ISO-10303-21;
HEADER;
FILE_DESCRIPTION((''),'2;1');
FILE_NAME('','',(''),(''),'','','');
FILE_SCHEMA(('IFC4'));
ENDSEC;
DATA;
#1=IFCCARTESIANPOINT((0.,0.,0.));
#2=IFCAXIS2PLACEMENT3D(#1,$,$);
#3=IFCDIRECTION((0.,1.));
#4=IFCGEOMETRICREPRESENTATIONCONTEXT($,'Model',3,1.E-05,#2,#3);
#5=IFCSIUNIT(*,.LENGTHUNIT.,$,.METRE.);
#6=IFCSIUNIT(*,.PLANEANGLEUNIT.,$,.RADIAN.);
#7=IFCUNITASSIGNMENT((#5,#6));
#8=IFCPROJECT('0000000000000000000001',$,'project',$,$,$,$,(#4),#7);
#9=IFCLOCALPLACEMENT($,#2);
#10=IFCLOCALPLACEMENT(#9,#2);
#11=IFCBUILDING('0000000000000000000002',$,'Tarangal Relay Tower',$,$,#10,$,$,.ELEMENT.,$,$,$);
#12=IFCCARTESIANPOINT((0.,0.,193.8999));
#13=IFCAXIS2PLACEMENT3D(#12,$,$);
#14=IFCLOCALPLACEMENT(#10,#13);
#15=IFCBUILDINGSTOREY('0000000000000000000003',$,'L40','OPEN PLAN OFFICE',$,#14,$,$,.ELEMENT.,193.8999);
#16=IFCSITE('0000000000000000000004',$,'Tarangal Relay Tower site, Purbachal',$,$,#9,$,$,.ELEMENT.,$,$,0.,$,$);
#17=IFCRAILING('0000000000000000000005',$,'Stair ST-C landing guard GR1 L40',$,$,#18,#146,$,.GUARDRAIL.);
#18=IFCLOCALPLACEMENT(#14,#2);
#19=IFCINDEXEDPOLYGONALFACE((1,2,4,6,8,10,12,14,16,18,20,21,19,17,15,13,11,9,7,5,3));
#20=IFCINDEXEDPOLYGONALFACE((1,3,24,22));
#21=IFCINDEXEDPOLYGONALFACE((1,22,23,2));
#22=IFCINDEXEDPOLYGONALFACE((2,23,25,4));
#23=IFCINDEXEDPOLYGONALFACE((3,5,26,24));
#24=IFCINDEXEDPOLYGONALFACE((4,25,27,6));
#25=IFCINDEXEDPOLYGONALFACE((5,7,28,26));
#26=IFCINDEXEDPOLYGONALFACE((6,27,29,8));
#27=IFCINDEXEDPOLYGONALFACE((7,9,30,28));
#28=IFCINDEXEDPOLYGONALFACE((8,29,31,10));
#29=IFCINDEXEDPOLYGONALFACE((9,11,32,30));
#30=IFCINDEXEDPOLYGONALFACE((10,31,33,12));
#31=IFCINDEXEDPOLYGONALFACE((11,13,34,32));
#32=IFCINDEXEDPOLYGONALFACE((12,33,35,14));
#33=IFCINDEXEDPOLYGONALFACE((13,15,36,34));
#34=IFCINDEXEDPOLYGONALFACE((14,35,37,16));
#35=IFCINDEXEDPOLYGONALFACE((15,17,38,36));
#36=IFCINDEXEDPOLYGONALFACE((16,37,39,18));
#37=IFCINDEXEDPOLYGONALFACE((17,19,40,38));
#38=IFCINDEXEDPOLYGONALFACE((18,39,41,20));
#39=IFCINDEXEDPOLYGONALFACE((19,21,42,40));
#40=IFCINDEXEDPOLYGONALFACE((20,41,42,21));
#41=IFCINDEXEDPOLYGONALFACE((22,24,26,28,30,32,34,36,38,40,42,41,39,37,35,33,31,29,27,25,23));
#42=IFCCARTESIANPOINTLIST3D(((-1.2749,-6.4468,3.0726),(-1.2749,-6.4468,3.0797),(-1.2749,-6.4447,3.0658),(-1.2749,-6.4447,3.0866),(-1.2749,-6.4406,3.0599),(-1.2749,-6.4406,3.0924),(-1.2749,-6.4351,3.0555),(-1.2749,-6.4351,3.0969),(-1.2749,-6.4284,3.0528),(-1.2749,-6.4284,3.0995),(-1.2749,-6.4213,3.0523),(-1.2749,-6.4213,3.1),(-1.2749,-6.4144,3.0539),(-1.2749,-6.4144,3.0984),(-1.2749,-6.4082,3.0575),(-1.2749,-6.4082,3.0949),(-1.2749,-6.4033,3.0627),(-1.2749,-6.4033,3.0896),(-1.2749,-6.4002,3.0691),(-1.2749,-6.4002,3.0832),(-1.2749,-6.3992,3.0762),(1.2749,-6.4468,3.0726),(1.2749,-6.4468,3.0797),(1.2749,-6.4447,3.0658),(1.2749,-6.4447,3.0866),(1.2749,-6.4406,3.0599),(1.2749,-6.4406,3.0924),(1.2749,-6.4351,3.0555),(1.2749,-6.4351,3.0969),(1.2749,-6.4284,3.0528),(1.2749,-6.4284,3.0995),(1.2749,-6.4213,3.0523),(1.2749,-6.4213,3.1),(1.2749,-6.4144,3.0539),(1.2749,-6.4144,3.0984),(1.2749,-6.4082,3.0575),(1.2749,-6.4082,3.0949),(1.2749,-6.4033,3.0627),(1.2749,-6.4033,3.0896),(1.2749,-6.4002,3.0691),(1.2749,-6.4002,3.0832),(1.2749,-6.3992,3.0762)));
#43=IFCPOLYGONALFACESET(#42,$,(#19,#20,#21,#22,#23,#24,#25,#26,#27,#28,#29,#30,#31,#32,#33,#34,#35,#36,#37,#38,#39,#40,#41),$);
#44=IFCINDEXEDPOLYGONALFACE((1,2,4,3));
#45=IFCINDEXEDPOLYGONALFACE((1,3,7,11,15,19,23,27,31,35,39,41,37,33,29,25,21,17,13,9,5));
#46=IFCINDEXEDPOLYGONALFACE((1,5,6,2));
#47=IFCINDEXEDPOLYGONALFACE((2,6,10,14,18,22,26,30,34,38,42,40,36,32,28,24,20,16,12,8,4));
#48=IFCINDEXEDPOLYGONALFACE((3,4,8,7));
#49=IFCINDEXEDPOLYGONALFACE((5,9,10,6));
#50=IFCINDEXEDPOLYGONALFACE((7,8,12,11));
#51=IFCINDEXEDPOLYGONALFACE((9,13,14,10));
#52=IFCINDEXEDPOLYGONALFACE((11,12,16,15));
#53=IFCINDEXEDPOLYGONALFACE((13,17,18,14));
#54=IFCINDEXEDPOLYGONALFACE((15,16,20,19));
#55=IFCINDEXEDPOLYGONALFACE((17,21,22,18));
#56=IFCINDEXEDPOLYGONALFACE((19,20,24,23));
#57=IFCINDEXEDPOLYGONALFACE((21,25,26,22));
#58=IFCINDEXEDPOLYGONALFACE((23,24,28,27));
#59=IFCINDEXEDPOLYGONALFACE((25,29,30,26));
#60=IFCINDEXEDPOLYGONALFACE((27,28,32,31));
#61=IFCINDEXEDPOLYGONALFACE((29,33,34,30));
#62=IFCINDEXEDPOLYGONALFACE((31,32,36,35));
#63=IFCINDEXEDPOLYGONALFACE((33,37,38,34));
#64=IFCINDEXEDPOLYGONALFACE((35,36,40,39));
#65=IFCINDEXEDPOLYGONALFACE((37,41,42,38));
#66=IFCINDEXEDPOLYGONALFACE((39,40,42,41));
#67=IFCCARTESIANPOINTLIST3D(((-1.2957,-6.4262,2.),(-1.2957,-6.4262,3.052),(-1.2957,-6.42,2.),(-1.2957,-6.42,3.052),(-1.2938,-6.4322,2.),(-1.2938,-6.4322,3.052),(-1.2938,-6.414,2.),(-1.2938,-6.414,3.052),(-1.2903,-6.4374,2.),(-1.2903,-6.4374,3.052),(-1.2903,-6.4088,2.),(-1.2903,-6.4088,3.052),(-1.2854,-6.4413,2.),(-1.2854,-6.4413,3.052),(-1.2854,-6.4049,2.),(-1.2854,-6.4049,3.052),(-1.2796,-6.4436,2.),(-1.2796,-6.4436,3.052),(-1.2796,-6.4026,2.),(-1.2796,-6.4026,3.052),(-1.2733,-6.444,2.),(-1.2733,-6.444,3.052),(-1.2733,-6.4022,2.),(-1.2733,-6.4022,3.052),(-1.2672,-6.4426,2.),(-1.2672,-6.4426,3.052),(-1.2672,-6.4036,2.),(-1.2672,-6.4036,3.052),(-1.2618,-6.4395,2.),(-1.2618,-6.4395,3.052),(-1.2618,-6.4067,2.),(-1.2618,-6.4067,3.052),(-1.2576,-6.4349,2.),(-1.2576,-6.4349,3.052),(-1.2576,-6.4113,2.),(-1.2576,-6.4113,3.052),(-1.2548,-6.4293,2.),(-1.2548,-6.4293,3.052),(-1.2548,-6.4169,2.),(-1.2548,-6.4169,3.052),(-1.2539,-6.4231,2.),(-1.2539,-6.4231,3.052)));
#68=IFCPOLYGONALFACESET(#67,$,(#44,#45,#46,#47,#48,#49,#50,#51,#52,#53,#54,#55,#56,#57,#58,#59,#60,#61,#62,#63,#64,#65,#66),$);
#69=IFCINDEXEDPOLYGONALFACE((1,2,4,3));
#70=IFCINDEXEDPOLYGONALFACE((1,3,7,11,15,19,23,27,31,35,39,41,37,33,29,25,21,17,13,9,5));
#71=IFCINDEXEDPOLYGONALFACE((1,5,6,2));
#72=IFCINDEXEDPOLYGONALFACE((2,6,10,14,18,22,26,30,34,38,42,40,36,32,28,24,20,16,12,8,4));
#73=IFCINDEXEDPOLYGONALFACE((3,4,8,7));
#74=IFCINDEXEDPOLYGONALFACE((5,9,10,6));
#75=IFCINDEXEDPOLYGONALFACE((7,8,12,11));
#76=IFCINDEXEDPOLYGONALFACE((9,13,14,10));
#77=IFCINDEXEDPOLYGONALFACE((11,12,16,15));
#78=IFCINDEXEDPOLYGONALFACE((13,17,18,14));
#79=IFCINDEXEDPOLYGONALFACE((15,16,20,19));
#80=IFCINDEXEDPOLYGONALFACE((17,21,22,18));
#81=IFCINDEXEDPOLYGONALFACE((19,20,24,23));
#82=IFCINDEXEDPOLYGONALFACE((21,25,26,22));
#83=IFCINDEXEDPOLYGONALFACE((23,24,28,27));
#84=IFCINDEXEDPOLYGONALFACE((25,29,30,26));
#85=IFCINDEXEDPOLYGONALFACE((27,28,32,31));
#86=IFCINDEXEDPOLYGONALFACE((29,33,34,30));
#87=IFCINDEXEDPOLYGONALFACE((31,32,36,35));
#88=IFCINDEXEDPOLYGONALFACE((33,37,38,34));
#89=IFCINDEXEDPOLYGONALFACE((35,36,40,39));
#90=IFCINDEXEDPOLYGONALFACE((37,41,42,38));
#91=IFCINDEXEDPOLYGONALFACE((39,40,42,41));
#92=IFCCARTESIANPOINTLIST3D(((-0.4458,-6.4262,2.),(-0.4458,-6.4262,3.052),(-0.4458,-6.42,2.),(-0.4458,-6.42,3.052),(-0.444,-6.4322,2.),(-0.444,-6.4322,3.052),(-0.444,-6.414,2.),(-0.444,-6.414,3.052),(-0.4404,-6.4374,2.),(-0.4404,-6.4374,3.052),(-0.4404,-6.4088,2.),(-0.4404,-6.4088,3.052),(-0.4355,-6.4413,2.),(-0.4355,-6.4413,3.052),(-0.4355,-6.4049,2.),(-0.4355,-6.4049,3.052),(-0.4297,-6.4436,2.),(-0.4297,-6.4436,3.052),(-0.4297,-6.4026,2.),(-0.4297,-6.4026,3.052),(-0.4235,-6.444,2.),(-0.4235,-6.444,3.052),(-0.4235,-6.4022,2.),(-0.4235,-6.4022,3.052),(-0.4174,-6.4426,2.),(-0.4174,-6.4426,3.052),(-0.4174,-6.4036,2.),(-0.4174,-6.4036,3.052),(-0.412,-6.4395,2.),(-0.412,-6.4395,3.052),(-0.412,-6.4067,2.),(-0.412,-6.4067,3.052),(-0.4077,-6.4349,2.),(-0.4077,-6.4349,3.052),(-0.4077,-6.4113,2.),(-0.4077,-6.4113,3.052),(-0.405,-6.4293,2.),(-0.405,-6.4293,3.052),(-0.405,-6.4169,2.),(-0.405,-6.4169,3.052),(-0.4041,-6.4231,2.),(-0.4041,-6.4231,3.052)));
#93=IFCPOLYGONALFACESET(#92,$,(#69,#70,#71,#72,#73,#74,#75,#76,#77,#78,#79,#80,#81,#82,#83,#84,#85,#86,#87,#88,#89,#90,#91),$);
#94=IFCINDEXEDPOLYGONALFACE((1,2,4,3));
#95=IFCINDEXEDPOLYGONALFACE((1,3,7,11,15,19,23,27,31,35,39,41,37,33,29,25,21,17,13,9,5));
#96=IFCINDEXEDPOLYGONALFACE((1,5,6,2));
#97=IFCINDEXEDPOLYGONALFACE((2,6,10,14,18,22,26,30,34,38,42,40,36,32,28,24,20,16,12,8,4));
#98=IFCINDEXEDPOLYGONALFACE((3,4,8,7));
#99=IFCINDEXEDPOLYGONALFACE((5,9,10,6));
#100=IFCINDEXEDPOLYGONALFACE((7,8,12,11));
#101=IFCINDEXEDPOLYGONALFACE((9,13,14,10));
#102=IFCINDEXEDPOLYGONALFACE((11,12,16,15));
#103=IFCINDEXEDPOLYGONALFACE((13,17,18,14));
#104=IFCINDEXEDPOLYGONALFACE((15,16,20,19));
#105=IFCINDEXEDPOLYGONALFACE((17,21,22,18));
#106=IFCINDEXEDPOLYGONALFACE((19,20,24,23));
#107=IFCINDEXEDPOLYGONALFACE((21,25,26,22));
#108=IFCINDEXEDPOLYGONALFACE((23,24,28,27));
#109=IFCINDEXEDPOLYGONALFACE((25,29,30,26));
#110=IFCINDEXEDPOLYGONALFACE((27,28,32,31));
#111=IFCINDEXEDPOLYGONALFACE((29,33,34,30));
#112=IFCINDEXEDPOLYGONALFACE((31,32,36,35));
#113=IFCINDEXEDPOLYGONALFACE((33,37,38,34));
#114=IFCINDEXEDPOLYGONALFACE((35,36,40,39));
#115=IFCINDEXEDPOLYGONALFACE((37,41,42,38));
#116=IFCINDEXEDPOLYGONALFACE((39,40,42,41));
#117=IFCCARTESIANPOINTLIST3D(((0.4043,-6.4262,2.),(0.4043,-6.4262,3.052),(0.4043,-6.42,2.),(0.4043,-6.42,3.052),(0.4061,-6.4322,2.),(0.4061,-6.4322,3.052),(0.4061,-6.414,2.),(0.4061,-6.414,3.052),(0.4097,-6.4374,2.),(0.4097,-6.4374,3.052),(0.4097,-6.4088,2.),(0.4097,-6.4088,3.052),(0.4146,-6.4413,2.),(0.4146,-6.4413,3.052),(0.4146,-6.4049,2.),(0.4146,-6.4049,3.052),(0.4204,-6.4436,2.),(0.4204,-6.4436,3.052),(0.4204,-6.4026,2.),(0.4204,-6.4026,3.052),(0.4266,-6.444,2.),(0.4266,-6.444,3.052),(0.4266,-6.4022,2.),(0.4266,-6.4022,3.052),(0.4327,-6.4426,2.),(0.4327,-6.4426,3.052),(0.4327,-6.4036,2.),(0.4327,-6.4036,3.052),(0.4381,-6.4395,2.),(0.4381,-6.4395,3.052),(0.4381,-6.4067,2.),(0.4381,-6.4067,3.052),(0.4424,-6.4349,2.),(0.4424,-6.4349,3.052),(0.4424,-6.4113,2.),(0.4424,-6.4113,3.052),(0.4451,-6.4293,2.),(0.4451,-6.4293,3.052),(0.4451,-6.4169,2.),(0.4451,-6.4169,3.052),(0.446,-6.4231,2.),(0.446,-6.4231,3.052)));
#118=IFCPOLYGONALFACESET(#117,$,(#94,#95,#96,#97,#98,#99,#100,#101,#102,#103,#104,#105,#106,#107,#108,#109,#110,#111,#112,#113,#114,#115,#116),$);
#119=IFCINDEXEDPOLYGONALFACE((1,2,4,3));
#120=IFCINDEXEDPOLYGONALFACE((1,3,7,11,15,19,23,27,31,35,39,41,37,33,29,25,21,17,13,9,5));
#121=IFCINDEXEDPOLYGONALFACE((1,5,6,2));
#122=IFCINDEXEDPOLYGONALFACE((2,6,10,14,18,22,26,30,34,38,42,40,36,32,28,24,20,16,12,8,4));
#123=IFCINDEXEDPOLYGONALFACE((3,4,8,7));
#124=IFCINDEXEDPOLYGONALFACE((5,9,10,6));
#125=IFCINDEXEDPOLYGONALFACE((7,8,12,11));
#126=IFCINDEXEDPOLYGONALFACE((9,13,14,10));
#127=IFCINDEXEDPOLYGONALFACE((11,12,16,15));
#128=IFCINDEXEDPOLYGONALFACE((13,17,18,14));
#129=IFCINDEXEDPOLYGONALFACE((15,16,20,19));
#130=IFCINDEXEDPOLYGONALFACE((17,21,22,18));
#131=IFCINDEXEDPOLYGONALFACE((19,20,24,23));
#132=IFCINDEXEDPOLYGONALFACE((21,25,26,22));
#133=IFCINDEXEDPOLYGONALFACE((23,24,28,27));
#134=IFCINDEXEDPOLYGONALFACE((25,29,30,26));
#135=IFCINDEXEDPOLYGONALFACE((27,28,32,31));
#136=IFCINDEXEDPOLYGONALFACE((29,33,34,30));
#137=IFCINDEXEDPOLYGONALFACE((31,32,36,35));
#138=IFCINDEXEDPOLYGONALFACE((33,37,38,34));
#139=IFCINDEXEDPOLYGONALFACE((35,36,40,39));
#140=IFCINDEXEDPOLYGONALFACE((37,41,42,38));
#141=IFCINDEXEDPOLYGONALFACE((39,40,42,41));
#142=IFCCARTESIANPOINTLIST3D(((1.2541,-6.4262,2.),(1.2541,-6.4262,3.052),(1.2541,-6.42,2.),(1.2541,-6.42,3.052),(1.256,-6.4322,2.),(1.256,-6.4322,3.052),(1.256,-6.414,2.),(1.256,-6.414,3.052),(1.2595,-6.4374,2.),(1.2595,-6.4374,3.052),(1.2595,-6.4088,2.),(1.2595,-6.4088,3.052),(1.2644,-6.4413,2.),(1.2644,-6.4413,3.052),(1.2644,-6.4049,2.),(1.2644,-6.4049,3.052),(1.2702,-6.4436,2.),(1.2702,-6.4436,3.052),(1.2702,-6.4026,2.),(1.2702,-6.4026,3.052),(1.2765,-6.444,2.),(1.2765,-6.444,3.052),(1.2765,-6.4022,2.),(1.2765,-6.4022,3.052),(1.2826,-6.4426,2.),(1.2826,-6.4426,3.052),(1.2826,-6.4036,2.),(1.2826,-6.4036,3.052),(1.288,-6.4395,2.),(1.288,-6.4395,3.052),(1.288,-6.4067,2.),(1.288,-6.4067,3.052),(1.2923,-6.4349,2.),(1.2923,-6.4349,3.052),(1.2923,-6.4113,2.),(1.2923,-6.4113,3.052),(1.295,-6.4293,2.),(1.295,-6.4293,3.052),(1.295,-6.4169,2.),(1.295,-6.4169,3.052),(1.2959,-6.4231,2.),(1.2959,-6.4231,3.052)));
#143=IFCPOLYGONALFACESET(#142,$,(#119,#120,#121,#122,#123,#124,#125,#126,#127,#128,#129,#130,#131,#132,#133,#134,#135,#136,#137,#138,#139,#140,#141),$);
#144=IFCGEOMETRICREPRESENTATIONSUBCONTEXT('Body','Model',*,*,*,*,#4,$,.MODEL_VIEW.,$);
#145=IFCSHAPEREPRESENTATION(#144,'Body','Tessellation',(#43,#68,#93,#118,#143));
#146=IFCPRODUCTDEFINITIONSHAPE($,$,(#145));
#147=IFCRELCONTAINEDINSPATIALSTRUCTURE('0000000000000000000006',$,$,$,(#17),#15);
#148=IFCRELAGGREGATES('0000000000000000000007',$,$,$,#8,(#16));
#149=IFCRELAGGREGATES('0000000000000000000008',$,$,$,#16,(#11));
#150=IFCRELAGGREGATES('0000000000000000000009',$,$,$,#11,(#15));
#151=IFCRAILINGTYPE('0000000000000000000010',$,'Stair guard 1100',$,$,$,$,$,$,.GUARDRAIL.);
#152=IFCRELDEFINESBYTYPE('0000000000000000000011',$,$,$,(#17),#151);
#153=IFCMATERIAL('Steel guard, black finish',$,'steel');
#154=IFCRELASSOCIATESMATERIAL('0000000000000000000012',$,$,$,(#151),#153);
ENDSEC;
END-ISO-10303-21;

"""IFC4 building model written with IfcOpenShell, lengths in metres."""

from ifc_helpers import new_model, si_unit, direction, frame, origin, origin_2d, place, context, subcontext, project, spatial, circle, extrude, material, type_object, element, save


model = new_model("IFC4")

# Units and contexts
model_context = context("Model", 3, precision=1e-05, world=origin(), true_north=direction((0.0, 1.0)))
body_context = subcontext(model_context, "Body", "Model", "MODEL_VIEW")
ifc_project = project(units=[si_unit("LENGTHUNIT", "METRE"), si_unit("PLANEANGLEUNIT", "RADIAN")], contexts=[model_context])

# Site, building, storey
site_placement = place(None, origin())
site = spatial("IfcSite", under=ifc_project, at=site_placement, Name="Tarangal Relay Tower site, Purbachal", CompositionType="ELEMENT", RefElevation=0.0)
building_placement = place(site_placement, origin())
building = spatial("IfcBuilding", under=site, at=building_placement, Name="Tarangal Relay Tower", CompositionType="ELEMENT")
storey_placement = place(building_placement, frame((0.0, 0.0, 193.8999)))
storey = spatial("IfcBuildingStorey", under=building, at=storey_placement, Name="L40", Description="OPEN PLAN OFFICE", CompositionType="ELEMENT", Elevation=193.8999)

# Railing
ifc_material_1 = material(Name="Steel guard, black finish", Category="steel")
railing_type = type_object("IfcRailingType", Name="Stair guard 1100", PredefinedType="GUARDRAIL", material=ifc_material_1)
railing_1_placement = place(storey_placement, frame((-1.2749, -6.4231, 2.0)))
element("IfcRailing", 1, at=railing_1_placement, inside=storey, type_object=railing_type, Name="Stair ST-C landing guard GR1 L40", PredefinedType="GUARDRAIL", context=body_context, shape_type="SweptSolid", body=[
    extrude(circle(Radius=0.0239, at=origin_2d()), frame((0.0, 0.0, 1.0762), z_axis=(1.0, 0.0, 0.0), x_axis=(0.0, 1.0, 0.0)), (0.0, 0.0, 1.0), 2.5498),
    extrude(circle(Radius=0.021, at=origin_2d()), origin(), (0.0, 0.0, 1.0), 1.052),
    extrude(circle(Radius=0.021, at=origin_2d()), frame((0.8499, 0.0, 0.0)), (0.0, 0.0, 1.0), 1.052),
    extrude(circle(Radius=0.021, at=origin_2d()), frame((1.7, 0.0, 0.0)), (0.0, 0.0, 1.0), 1.052),
    extrude(circle(Radius=0.021, at=origin_2d()), frame((2.5498, 0.0, 0.0)), (0.0, 0.0, 1.0), 1.052),
])

save(model, "model.ifc")
